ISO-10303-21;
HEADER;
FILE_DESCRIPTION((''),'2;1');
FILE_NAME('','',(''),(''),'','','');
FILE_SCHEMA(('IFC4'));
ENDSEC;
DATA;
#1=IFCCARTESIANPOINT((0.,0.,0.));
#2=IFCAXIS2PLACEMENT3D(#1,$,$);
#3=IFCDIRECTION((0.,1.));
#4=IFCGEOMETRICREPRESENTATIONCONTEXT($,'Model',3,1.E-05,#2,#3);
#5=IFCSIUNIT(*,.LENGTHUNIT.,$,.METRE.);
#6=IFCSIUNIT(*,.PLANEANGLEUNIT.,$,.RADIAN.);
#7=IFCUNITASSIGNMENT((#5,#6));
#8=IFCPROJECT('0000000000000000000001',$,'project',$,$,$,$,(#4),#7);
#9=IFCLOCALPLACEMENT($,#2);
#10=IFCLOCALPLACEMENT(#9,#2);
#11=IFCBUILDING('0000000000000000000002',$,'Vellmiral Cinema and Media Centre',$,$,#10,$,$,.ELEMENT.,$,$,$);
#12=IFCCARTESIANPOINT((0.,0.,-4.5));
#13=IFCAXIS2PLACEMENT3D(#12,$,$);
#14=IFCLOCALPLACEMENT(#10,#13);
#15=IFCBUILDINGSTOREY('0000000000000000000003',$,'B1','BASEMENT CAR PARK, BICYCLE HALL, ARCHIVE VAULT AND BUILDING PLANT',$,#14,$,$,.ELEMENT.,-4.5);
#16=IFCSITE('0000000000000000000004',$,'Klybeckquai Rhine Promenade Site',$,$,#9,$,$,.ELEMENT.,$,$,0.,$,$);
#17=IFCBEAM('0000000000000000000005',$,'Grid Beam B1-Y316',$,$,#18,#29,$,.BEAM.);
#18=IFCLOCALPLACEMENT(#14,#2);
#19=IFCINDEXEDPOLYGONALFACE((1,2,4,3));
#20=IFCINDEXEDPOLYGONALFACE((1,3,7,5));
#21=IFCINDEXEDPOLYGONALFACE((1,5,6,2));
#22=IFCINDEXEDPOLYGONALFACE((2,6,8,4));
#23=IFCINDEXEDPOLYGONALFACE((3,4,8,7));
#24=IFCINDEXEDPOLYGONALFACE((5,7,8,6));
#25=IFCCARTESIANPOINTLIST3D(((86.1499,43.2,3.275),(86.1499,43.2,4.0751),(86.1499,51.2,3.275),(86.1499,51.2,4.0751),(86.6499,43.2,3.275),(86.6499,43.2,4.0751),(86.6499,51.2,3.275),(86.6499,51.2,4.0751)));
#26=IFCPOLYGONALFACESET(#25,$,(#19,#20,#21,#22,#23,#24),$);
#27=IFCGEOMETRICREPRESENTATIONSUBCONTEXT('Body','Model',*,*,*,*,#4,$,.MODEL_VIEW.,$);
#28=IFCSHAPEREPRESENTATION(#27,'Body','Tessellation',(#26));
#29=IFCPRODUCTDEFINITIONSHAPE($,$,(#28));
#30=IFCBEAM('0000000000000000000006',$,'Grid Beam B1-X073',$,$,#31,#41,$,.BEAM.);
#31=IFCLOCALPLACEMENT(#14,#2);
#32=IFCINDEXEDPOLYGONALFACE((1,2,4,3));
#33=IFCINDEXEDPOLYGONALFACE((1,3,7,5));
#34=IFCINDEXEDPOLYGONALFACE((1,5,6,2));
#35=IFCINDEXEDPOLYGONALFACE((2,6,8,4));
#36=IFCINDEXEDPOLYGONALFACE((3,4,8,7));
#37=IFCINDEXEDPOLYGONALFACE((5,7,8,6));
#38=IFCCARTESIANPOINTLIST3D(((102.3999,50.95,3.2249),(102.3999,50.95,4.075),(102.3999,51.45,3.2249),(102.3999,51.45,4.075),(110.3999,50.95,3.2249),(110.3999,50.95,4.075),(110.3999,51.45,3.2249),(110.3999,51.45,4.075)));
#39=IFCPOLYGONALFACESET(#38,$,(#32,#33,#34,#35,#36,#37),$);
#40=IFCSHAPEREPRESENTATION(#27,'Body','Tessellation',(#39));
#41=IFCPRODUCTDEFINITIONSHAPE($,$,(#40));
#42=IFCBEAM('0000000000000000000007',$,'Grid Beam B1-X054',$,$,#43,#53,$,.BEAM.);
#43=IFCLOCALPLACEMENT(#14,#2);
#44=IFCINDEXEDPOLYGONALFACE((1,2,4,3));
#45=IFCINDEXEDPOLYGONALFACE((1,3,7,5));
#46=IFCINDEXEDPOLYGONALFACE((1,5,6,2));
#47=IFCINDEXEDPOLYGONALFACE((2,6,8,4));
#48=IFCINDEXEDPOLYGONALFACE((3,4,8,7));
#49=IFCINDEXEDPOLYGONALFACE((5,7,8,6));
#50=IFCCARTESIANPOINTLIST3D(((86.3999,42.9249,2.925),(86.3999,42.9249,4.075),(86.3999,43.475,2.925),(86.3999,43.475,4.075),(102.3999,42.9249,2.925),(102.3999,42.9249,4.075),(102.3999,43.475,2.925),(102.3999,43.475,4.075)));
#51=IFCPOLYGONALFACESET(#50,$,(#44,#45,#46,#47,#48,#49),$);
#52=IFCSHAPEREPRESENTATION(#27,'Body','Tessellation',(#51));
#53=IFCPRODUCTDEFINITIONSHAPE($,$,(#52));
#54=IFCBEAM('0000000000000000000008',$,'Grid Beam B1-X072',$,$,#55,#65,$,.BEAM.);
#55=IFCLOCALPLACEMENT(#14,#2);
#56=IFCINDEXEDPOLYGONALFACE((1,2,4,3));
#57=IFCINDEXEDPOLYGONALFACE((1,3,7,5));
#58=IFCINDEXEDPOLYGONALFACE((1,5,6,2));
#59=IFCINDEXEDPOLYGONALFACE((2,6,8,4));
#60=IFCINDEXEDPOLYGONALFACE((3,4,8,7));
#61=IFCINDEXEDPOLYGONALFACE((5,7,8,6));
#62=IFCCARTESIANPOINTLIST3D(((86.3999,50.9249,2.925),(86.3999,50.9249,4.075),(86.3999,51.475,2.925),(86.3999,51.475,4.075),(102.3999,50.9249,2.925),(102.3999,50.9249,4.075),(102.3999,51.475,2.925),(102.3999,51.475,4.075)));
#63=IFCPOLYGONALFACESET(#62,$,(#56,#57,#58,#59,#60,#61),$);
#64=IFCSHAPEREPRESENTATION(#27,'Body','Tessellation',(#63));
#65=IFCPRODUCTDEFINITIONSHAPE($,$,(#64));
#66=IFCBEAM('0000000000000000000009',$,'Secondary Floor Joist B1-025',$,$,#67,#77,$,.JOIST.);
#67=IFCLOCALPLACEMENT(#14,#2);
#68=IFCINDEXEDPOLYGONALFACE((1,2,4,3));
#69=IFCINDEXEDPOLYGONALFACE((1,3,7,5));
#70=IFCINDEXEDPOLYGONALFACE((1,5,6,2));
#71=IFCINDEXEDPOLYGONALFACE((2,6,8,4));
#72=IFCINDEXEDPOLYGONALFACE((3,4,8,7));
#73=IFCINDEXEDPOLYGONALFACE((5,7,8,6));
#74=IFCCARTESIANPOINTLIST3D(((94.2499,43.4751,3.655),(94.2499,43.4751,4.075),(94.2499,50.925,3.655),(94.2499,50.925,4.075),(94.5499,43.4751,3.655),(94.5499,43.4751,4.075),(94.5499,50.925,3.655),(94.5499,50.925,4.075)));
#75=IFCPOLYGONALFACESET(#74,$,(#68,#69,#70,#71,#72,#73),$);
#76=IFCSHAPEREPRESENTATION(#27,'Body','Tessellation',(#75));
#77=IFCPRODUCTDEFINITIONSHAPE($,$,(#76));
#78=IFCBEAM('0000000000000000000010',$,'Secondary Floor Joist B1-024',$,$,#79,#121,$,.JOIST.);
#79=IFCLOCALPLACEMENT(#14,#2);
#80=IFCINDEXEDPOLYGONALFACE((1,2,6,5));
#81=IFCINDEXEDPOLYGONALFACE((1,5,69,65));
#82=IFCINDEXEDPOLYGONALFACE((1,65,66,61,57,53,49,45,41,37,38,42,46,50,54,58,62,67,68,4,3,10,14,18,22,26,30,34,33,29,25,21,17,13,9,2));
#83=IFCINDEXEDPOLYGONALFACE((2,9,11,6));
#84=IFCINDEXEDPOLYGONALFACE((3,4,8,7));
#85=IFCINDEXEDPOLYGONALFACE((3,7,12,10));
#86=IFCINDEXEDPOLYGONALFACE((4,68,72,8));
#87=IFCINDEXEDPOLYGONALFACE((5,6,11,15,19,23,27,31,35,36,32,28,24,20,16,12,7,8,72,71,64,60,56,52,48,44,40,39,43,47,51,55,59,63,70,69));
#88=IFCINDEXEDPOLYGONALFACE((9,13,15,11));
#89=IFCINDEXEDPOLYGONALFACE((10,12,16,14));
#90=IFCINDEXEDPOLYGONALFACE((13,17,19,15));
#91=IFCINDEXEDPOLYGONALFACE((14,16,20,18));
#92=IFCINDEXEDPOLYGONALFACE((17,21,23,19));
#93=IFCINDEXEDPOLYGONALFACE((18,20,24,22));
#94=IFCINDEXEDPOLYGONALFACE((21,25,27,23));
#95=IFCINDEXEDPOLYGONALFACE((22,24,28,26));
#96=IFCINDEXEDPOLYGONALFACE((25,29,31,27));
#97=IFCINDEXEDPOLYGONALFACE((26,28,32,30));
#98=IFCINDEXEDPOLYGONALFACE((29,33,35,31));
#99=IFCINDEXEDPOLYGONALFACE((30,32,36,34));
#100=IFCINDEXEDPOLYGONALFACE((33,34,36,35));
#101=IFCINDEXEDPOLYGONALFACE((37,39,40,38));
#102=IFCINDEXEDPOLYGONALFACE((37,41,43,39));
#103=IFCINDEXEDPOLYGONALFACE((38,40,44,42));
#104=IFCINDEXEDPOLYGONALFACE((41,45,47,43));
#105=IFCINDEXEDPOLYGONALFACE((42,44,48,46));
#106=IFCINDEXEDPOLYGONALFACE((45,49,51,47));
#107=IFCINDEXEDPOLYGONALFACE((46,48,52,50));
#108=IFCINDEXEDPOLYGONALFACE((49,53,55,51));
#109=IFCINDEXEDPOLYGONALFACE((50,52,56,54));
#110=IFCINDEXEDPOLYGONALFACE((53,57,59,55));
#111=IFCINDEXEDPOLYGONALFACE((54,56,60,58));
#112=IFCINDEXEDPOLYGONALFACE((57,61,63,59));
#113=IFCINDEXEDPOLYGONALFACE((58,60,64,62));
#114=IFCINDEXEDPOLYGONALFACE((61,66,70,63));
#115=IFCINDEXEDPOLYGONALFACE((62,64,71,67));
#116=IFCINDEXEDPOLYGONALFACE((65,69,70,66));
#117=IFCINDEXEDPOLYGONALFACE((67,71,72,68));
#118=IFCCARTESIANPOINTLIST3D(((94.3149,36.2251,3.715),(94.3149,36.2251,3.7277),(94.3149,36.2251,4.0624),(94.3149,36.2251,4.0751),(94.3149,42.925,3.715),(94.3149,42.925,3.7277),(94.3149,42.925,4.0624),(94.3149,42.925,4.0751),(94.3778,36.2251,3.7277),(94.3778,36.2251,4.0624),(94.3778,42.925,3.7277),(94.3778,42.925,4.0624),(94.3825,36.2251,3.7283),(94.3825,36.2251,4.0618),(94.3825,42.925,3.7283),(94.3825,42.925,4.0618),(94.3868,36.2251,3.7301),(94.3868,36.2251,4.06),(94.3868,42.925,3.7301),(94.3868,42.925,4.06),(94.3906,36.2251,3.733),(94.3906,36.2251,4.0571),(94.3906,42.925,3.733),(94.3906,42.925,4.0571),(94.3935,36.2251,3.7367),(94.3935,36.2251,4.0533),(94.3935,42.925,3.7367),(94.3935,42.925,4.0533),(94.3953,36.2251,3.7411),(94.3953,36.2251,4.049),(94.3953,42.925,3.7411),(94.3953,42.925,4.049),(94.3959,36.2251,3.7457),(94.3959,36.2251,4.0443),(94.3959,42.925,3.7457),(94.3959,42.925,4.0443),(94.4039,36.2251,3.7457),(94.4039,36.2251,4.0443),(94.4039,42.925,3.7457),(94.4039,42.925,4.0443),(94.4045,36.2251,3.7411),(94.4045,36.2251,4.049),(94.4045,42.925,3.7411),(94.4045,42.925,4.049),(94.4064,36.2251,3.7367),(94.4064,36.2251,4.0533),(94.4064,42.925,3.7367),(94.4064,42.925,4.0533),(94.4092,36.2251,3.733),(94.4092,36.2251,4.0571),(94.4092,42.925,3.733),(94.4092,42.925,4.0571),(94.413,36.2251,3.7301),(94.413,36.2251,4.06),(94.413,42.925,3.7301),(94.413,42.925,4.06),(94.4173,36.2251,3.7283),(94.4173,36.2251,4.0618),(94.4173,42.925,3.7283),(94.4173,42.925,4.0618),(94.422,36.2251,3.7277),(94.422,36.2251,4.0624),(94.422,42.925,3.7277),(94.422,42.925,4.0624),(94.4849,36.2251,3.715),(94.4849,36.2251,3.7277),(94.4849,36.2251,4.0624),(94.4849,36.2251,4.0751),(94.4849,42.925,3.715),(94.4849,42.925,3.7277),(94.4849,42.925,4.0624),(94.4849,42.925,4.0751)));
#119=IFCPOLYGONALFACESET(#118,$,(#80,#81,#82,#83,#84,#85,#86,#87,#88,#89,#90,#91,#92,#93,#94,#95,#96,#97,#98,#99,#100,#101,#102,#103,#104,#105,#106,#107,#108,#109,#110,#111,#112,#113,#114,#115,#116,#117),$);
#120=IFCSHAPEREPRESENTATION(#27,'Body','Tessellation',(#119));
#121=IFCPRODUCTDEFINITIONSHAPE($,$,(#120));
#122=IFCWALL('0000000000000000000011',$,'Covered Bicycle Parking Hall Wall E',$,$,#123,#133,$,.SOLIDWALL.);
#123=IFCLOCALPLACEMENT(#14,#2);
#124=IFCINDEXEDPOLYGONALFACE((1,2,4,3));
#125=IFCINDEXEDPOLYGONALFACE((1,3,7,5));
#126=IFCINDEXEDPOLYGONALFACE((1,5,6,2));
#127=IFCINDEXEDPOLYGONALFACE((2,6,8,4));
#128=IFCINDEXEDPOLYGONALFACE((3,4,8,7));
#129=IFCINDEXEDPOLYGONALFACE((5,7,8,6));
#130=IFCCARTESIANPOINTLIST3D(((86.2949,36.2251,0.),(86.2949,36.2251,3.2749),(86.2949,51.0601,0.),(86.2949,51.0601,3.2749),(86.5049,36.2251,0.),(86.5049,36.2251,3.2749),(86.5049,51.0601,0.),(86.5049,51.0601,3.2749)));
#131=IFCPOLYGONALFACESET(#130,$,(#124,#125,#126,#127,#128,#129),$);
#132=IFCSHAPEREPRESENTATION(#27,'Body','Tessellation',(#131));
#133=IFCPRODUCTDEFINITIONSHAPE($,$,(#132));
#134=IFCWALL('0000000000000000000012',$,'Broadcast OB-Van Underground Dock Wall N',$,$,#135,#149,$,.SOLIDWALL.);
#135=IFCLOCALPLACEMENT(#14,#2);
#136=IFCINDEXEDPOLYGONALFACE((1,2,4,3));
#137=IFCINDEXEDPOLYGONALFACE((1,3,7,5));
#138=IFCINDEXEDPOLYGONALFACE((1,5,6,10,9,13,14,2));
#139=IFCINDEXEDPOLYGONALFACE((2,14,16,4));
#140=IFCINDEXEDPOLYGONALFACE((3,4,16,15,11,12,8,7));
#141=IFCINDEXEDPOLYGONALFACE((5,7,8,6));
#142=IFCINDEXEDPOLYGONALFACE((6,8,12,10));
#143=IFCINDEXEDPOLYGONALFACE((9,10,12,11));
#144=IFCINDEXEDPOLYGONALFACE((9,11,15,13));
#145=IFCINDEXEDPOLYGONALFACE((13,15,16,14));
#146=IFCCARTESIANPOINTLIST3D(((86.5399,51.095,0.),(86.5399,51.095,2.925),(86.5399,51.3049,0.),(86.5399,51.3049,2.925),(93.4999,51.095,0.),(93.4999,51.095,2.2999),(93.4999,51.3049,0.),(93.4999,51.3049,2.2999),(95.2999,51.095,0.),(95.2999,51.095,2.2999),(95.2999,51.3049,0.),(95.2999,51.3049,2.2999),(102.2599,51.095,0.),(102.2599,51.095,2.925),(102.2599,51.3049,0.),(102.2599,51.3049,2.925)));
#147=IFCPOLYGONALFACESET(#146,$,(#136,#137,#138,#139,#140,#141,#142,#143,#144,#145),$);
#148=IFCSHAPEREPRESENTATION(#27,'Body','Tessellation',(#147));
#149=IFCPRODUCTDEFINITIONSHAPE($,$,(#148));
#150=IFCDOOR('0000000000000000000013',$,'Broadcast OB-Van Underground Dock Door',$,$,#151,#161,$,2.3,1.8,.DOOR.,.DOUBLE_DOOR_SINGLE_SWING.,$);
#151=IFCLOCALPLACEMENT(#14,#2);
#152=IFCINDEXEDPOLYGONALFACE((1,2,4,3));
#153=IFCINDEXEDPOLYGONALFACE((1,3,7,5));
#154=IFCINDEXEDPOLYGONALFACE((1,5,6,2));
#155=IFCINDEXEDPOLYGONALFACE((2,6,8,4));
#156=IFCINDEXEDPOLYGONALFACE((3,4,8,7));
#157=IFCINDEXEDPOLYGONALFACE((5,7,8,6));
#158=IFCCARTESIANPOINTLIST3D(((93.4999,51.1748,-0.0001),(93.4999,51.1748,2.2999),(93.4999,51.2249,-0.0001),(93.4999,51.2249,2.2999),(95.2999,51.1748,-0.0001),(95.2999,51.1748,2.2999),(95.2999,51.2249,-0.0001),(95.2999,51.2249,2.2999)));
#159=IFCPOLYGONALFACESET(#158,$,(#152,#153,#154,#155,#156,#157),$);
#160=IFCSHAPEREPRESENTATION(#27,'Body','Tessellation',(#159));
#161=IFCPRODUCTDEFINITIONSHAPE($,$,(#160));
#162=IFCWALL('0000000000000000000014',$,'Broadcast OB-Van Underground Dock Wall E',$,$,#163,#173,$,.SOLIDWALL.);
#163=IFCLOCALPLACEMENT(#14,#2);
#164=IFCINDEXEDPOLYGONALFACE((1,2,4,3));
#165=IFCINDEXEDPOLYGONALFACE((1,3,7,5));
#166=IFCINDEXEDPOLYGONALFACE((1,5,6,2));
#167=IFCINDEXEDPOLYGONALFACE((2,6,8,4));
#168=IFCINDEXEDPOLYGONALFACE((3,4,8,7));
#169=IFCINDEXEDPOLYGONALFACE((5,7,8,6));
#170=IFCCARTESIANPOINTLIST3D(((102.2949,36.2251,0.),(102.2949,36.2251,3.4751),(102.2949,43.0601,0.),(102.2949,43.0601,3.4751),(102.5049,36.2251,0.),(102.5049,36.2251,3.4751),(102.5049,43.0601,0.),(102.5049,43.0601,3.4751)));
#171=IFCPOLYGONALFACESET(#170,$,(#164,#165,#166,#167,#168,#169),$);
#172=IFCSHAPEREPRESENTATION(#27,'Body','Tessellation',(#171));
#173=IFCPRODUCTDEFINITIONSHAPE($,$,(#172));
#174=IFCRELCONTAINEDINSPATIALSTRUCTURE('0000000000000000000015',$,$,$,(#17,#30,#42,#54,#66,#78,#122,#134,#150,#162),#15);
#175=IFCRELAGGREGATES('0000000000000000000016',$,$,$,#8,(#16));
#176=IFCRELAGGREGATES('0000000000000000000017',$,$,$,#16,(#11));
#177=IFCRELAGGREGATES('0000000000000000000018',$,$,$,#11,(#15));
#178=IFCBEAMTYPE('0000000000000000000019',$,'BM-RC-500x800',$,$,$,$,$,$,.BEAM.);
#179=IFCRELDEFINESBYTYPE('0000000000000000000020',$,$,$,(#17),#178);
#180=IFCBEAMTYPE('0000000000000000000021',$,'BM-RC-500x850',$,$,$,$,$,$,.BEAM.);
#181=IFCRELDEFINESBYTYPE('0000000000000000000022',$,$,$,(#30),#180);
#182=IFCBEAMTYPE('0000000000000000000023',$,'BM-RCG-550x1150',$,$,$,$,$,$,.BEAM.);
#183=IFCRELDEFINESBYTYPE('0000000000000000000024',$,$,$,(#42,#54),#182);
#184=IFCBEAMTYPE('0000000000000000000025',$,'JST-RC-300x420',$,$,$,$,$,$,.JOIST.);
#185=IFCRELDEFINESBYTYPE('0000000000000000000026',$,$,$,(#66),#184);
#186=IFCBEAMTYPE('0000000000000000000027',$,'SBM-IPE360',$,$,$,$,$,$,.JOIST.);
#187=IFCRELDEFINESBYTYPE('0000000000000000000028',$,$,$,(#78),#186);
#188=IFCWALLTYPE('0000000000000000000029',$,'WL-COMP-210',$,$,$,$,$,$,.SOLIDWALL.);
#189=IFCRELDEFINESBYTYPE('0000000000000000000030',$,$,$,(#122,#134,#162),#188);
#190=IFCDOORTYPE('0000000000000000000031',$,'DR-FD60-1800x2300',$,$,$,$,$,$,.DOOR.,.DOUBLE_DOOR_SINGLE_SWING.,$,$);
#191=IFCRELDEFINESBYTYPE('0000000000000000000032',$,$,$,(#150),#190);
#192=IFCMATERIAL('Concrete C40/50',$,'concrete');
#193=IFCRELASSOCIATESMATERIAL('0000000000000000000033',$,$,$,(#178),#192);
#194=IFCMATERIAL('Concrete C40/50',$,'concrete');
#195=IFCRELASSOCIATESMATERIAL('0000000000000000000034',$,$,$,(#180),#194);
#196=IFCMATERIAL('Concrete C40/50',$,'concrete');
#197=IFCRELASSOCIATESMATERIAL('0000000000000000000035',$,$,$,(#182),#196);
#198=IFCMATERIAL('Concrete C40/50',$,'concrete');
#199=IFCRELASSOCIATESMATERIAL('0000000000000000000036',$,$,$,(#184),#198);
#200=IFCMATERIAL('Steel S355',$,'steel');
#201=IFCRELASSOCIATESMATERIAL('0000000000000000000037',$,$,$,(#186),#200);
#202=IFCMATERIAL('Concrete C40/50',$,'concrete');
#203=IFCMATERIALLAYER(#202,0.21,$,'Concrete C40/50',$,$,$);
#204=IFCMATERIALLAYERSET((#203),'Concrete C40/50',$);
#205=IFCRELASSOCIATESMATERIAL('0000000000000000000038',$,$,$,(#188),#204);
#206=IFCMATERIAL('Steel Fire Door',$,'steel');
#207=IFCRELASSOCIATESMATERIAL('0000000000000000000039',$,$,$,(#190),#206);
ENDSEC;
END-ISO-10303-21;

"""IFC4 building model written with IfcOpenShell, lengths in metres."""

from ifc_helpers import new_model, si_unit, direction, frame, frame_2d, origin, origin_2d, place, context, subcontext, project, spatial, rectangle, i_section, extrude, material, layer, layer_set, material_profile, profile_set, type_object, element, fill, save


model = new_model("IFC4")

# Units and contexts
model_context = context("Model", 3, precision=1e-05, world=origin(), true_north=direction((0.0, 1.0)))
body_context = subcontext(model_context, "Body", "Model", "MODEL_VIEW")
ifc_project = project(units=[si_unit("LENGTHUNIT", "METRE"), si_unit("PLANEANGLEUNIT", "RADIAN")], contexts=[model_context])

# Site, building, storey
site_placement = place(None, origin())
site = spatial("IfcSite", under=ifc_project, at=site_placement, Name="Klybeckquai Rhine Promenade Site", CompositionType="ELEMENT", RefElevation=0.0)
building_placement = place(site_placement, origin())
building = spatial("IfcBuilding", under=site, at=building_placement, Name="Vellmiral Cinema and Media Centre", CompositionType="ELEMENT")
storey_placement = place(building_placement, frame((0.0, 0.0, -4.5)))
storey = spatial("IfcBuildingStorey", under=building, at=storey_placement, Name="B1", Description="BASEMENT CAR PARK, BICYCLE HALL, ARCHIVE VAULT AND BUILDING PLANT", CompositionType="ELEMENT", Elevation=-4.5)

# Beams
ifc_material_1 = material(Name="Concrete C40/50", Category="concrete")
ifc_material_profile_1 = material_profile(ifc_material_1, rectangle(XDim=0.5, YDim=0.8, at=origin_2d()), Name="RC 500x800")
ifc_profile_set_1 = profile_set([ifc_material_profile_1], Name="Concrete C40/50")
beam_type_1 = type_object("IfcBeamType", Name="BM-RC-500x800", PredefinedType="BEAM", material=ifc_profile_set_1)
beam_1_placement = place(storey_placement, frame((86.3999, 43.2, 3.675), z_axis=(0.0, 1.0, 0.0), x_axis=(-1.0, 0.0, 0.0)))
element("IfcBeam", 1, at=beam_1_placement, inside=storey, type_object=beam_type_1, Name="Grid Beam B1-Y316", PredefinedType="BEAM", context=body_context, shape_type="SweptSolid", body=[
    extrude(rectangle(XDim=0.5, YDim=0.8, at=origin_2d()), origin(), (0.0, 0.0, 1.0), 8.0),
])
ifc_material_2 = material(Name="Concrete C40/50", Category="concrete")
ifc_material_profile_2 = material_profile(ifc_material_2, rectangle(XDim=0.5, YDim=0.8501, at=origin_2d()), Name="RC 500x850")
ifc_profile_set_2 = profile_set([ifc_material_profile_2], Name="Concrete C40/50")
beam_type_2 = type_object("IfcBeamType", Name="BM-RC-500x850", PredefinedType="BEAM", material=ifc_profile_set_2)
beam_2_placement = place(storey_placement, frame((102.3999, 51.2, 3.6499), z_axis=(1.0, 0.0, 0.0), x_axis=(0.0, 1.0, 0.0)))
element("IfcBeam", 2, at=beam_2_placement, inside=storey, type_object=beam_type_2, Name="Grid Beam B1-X073", PredefinedType="BEAM", context=body_context, shape_type="SweptSolid", body=[
    extrude(rectangle(XDim=0.5, YDim=0.8501, at=origin_2d()), origin(), (0.0, 0.0, 1.0), 8.0),
])
ifc_material_3 = material(Name="Concrete C40/50", Category="concrete")
ifc_material_profile_3 = material_profile(ifc_material_3, rectangle(XDim=0.55, YDim=1.1499, at=origin_2d()), Name="RC 550x1150")
ifc_profile_set_3 = profile_set([ifc_material_profile_3], Name="Concrete C40/50")
beam_type_3 = type_object("IfcBeamType", Name="BM-RCG-550x1150", PredefinedType="BEAM", material=ifc_profile_set_3)
for number, where, z_axis, x_axis, name in (
    (3, (86.3999, 43.2, 3.5), (1.0, 0.0, 0.0), (0.0, 1.0, 0.0), "Grid Beam B1-X054"),
    (4, (86.3999, 51.2, 3.5), (1.0, 0.0, 0.0), (0.0, 1.0, 0.0), "Grid Beam B1-X072"),
):
    element("IfcBeam", number, at=place(storey_placement, frame(where, z_axis=z_axis, x_axis=x_axis)), inside=storey, type_object=beam_type_3, Name=name, PredefinedType="BEAM", context=body_context, shape_type="SweptSolid", body=[
        extrude(rectangle(XDim=0.55, YDim=1.1499, at=origin_2d()), origin(), (0.0, 0.0, 1.0), 16.0),
    ])
ifc_material_4 = material(Name="Concrete C40/50", Category="concrete")
ifc_material_profile_4 = material_profile(ifc_material_4, rectangle(XDim=0.3, YDim=0.4199, at=origin_2d()), Name="RC 300x420")
ifc_profile_set_4 = profile_set([ifc_material_profile_4], Name="Concrete C40/50")
beam_type_4 = type_object("IfcBeamType", Name="JST-RC-300x420", PredefinedType="JOIST", material=ifc_profile_set_4)
beam_3_placement = place(storey_placement, frame((94.3999, 43.4751, 3.865), z_axis=(0.0, 1.0, 0.0), x_axis=(-1.0, 0.0, 0.0)))
element("IfcBeam", 5, at=beam_3_placement, inside=storey, type_object=beam_type_4, Name="Secondary Floor Joist B1-025", PredefinedType="JOIST", context=body_context, shape_type="SweptSolid", body=[
    extrude(rectangle(XDim=0.3, YDim=0.4199, at=origin_2d()), origin(), (0.0, 0.0, 1.0), 7.45),
])
ifc_material_5 = material(Name="Steel S355", Category="steel")
ifc_material_profile_5 = material_profile(ifc_material_5, i_section(OverallWidth=0.1699, OverallDepth=0.3601, WebThickness=0.0081, FlangeThickness=0.0127, FilletRadius=0.0181, at=origin_2d()), Name="IPE 360")
ifc_profile_set_5 = profile_set([ifc_material_profile_5], Name="Steel S355")
beam_type_5 = type_object("IfcBeamType", Name="SBM-IPE360", PredefinedType="JOIST", material=ifc_profile_set_5)
beam_4_placement = place(storey_placement, frame((94.3999, 36.2251, 3.895), z_axis=(0.0, 1.0, 0.0), x_axis=(-1.0, 0.0, 0.0)))
element("IfcBeam", 6, at=beam_4_placement, inside=storey, type_object=beam_type_5, Name="Secondary Floor Joist B1-024", PredefinedType="JOIST", context=body_context, shape_type="SweptSolid", body=[
    extrude(i_section(OverallWidth=0.1699, OverallDepth=0.3601, WebThickness=0.0081, FlangeThickness=0.0127, FilletRadius=0.0181, at=origin_2d()), origin(), (0.0, 0.0, 1.0), 6.7),
])

# Wall
ifc_material_6 = material(Name="Concrete C40/50", Category="concrete")
ifc_layer_1 = layer(ifc_material_6, 0.21, Name="Concrete C40/50")
ifc_layer_set_1 = layer_set([ifc_layer_1], Name="Concrete C40/50")
wall_type_1 = type_object("IfcWallType", Name="WL-COMP-210", PredefinedType="SOLIDWALL", material=ifc_layer_set_1)
wall_1_placement = place(storey_placement, frame((86.3999, 36.2251, 0.0), z_axis=(0.0, 0.0, 1.0), x_axis=(0.0, 1.0, 0.0)))
element("IfcWall", 7, at=wall_1_placement, inside=storey, type_object=wall_type_1, Name="Covered Bicycle Parking Hall Wall E", PredefinedType="SOLIDWALL", context=body_context, shape_type="SweptSolid", body=[
    extrude(rectangle(XDim=14.835, YDim=0.21, at=frame_2d((7.4175, 0.0))), origin(), (0.0, 0.0, 1.0), 3.2749),
])

# Wall, opening, door
wall_2_placement = place(storey_placement, frame((86.54, 51.2, 0.0), z_axis=(0.0, 0.0, 1.0), x_axis=(1.0, 0.0, 0.0)))
wall_2 = element("IfcWall", 8, at=wall_2_placement, inside=storey, type_object=wall_type_1, Name="Broadcast OB-Van Underground Dock Wall N", PredefinedType="SOLIDWALL", context=body_context, shape_type="SweptSolid", body=[
    extrude(rectangle(XDim=15.72, YDim=0.21, at=frame_2d((7.8599, 0.0))), origin(), (0.0, 0.0, 1.0), 2.925),
])
opening_1_placement = place(wall_2_placement, frame((6.96, 0.0, 0.0)))
opening_1 = element("IfcOpeningElement", 9, at=opening_1_placement, cuts=wall_2, PredefinedType="OPENING", context=body_context, shape_type="SweptSolid", body=[
    extrude(rectangle(XDim=1.8, YDim=2.3, at=frame_2d((0.8999, 1.1499))), frame((0.0, 0.1169, 0.0), z_axis=(0.0, -1.0, 0.0), x_axis=(1.0, 0.0, 0.0)), (0.0, 0.0, 1.0), 0.2339),
])
ifc_material_7 = material(Name="Steel Fire Door", Category="steel")
door_type_1 = type_object("IfcDoorType", Name="DR-FD60-1800x2300", OperationType="DOUBLE_DOOR_SINGLE_SWING", PredefinedType="DOOR", material=ifc_material_7)
door_1_placement = place(opening_1_placement, origin())
door_1 = element("IfcDoor", 10, at=door_1_placement, inside=storey, type_object=door_type_1, Name="Broadcast OB-Van Underground Dock Door", OperationType="DOUBLE_DOOR_SINGLE_SWING", OverallHeight=2.3, OverallWidth=1.8, PredefinedType="DOOR", context=body_context, shape_type="SweptSolid", body=[
    extrude(rectangle(XDim=1.8, YDim=2.3, at=frame_2d((0.8999, 1.1499))), frame((0.0, 0.0249, 0.0), z_axis=(0.0, -1.0, 0.0), x_axis=(1.0, 0.0, 0.0)), (0.0, 0.0, 1.0), 0.05),
])
fill(opening_1, door_1)

# Wall
wall_3_placement = place(storey_placement, frame((102.3999, 36.2251, 0.0), z_axis=(0.0, 0.0, 1.0), x_axis=(0.0, 1.0, 0.0)))
element("IfcWall", 11, at=wall_3_placement, inside=storey, type_object=wall_type_1, Name="Broadcast OB-Van Underground Dock Wall E", PredefinedType="SOLIDWALL", context=body_context, shape_type="SweptSolid", body=[
    extrude(rectangle(XDim=6.835, YDim=0.21, at=frame_2d((3.4175, 0.0))), origin(), (0.0, 0.0, 1.0), 3.4751),
])

save(model, "model.ifc")
